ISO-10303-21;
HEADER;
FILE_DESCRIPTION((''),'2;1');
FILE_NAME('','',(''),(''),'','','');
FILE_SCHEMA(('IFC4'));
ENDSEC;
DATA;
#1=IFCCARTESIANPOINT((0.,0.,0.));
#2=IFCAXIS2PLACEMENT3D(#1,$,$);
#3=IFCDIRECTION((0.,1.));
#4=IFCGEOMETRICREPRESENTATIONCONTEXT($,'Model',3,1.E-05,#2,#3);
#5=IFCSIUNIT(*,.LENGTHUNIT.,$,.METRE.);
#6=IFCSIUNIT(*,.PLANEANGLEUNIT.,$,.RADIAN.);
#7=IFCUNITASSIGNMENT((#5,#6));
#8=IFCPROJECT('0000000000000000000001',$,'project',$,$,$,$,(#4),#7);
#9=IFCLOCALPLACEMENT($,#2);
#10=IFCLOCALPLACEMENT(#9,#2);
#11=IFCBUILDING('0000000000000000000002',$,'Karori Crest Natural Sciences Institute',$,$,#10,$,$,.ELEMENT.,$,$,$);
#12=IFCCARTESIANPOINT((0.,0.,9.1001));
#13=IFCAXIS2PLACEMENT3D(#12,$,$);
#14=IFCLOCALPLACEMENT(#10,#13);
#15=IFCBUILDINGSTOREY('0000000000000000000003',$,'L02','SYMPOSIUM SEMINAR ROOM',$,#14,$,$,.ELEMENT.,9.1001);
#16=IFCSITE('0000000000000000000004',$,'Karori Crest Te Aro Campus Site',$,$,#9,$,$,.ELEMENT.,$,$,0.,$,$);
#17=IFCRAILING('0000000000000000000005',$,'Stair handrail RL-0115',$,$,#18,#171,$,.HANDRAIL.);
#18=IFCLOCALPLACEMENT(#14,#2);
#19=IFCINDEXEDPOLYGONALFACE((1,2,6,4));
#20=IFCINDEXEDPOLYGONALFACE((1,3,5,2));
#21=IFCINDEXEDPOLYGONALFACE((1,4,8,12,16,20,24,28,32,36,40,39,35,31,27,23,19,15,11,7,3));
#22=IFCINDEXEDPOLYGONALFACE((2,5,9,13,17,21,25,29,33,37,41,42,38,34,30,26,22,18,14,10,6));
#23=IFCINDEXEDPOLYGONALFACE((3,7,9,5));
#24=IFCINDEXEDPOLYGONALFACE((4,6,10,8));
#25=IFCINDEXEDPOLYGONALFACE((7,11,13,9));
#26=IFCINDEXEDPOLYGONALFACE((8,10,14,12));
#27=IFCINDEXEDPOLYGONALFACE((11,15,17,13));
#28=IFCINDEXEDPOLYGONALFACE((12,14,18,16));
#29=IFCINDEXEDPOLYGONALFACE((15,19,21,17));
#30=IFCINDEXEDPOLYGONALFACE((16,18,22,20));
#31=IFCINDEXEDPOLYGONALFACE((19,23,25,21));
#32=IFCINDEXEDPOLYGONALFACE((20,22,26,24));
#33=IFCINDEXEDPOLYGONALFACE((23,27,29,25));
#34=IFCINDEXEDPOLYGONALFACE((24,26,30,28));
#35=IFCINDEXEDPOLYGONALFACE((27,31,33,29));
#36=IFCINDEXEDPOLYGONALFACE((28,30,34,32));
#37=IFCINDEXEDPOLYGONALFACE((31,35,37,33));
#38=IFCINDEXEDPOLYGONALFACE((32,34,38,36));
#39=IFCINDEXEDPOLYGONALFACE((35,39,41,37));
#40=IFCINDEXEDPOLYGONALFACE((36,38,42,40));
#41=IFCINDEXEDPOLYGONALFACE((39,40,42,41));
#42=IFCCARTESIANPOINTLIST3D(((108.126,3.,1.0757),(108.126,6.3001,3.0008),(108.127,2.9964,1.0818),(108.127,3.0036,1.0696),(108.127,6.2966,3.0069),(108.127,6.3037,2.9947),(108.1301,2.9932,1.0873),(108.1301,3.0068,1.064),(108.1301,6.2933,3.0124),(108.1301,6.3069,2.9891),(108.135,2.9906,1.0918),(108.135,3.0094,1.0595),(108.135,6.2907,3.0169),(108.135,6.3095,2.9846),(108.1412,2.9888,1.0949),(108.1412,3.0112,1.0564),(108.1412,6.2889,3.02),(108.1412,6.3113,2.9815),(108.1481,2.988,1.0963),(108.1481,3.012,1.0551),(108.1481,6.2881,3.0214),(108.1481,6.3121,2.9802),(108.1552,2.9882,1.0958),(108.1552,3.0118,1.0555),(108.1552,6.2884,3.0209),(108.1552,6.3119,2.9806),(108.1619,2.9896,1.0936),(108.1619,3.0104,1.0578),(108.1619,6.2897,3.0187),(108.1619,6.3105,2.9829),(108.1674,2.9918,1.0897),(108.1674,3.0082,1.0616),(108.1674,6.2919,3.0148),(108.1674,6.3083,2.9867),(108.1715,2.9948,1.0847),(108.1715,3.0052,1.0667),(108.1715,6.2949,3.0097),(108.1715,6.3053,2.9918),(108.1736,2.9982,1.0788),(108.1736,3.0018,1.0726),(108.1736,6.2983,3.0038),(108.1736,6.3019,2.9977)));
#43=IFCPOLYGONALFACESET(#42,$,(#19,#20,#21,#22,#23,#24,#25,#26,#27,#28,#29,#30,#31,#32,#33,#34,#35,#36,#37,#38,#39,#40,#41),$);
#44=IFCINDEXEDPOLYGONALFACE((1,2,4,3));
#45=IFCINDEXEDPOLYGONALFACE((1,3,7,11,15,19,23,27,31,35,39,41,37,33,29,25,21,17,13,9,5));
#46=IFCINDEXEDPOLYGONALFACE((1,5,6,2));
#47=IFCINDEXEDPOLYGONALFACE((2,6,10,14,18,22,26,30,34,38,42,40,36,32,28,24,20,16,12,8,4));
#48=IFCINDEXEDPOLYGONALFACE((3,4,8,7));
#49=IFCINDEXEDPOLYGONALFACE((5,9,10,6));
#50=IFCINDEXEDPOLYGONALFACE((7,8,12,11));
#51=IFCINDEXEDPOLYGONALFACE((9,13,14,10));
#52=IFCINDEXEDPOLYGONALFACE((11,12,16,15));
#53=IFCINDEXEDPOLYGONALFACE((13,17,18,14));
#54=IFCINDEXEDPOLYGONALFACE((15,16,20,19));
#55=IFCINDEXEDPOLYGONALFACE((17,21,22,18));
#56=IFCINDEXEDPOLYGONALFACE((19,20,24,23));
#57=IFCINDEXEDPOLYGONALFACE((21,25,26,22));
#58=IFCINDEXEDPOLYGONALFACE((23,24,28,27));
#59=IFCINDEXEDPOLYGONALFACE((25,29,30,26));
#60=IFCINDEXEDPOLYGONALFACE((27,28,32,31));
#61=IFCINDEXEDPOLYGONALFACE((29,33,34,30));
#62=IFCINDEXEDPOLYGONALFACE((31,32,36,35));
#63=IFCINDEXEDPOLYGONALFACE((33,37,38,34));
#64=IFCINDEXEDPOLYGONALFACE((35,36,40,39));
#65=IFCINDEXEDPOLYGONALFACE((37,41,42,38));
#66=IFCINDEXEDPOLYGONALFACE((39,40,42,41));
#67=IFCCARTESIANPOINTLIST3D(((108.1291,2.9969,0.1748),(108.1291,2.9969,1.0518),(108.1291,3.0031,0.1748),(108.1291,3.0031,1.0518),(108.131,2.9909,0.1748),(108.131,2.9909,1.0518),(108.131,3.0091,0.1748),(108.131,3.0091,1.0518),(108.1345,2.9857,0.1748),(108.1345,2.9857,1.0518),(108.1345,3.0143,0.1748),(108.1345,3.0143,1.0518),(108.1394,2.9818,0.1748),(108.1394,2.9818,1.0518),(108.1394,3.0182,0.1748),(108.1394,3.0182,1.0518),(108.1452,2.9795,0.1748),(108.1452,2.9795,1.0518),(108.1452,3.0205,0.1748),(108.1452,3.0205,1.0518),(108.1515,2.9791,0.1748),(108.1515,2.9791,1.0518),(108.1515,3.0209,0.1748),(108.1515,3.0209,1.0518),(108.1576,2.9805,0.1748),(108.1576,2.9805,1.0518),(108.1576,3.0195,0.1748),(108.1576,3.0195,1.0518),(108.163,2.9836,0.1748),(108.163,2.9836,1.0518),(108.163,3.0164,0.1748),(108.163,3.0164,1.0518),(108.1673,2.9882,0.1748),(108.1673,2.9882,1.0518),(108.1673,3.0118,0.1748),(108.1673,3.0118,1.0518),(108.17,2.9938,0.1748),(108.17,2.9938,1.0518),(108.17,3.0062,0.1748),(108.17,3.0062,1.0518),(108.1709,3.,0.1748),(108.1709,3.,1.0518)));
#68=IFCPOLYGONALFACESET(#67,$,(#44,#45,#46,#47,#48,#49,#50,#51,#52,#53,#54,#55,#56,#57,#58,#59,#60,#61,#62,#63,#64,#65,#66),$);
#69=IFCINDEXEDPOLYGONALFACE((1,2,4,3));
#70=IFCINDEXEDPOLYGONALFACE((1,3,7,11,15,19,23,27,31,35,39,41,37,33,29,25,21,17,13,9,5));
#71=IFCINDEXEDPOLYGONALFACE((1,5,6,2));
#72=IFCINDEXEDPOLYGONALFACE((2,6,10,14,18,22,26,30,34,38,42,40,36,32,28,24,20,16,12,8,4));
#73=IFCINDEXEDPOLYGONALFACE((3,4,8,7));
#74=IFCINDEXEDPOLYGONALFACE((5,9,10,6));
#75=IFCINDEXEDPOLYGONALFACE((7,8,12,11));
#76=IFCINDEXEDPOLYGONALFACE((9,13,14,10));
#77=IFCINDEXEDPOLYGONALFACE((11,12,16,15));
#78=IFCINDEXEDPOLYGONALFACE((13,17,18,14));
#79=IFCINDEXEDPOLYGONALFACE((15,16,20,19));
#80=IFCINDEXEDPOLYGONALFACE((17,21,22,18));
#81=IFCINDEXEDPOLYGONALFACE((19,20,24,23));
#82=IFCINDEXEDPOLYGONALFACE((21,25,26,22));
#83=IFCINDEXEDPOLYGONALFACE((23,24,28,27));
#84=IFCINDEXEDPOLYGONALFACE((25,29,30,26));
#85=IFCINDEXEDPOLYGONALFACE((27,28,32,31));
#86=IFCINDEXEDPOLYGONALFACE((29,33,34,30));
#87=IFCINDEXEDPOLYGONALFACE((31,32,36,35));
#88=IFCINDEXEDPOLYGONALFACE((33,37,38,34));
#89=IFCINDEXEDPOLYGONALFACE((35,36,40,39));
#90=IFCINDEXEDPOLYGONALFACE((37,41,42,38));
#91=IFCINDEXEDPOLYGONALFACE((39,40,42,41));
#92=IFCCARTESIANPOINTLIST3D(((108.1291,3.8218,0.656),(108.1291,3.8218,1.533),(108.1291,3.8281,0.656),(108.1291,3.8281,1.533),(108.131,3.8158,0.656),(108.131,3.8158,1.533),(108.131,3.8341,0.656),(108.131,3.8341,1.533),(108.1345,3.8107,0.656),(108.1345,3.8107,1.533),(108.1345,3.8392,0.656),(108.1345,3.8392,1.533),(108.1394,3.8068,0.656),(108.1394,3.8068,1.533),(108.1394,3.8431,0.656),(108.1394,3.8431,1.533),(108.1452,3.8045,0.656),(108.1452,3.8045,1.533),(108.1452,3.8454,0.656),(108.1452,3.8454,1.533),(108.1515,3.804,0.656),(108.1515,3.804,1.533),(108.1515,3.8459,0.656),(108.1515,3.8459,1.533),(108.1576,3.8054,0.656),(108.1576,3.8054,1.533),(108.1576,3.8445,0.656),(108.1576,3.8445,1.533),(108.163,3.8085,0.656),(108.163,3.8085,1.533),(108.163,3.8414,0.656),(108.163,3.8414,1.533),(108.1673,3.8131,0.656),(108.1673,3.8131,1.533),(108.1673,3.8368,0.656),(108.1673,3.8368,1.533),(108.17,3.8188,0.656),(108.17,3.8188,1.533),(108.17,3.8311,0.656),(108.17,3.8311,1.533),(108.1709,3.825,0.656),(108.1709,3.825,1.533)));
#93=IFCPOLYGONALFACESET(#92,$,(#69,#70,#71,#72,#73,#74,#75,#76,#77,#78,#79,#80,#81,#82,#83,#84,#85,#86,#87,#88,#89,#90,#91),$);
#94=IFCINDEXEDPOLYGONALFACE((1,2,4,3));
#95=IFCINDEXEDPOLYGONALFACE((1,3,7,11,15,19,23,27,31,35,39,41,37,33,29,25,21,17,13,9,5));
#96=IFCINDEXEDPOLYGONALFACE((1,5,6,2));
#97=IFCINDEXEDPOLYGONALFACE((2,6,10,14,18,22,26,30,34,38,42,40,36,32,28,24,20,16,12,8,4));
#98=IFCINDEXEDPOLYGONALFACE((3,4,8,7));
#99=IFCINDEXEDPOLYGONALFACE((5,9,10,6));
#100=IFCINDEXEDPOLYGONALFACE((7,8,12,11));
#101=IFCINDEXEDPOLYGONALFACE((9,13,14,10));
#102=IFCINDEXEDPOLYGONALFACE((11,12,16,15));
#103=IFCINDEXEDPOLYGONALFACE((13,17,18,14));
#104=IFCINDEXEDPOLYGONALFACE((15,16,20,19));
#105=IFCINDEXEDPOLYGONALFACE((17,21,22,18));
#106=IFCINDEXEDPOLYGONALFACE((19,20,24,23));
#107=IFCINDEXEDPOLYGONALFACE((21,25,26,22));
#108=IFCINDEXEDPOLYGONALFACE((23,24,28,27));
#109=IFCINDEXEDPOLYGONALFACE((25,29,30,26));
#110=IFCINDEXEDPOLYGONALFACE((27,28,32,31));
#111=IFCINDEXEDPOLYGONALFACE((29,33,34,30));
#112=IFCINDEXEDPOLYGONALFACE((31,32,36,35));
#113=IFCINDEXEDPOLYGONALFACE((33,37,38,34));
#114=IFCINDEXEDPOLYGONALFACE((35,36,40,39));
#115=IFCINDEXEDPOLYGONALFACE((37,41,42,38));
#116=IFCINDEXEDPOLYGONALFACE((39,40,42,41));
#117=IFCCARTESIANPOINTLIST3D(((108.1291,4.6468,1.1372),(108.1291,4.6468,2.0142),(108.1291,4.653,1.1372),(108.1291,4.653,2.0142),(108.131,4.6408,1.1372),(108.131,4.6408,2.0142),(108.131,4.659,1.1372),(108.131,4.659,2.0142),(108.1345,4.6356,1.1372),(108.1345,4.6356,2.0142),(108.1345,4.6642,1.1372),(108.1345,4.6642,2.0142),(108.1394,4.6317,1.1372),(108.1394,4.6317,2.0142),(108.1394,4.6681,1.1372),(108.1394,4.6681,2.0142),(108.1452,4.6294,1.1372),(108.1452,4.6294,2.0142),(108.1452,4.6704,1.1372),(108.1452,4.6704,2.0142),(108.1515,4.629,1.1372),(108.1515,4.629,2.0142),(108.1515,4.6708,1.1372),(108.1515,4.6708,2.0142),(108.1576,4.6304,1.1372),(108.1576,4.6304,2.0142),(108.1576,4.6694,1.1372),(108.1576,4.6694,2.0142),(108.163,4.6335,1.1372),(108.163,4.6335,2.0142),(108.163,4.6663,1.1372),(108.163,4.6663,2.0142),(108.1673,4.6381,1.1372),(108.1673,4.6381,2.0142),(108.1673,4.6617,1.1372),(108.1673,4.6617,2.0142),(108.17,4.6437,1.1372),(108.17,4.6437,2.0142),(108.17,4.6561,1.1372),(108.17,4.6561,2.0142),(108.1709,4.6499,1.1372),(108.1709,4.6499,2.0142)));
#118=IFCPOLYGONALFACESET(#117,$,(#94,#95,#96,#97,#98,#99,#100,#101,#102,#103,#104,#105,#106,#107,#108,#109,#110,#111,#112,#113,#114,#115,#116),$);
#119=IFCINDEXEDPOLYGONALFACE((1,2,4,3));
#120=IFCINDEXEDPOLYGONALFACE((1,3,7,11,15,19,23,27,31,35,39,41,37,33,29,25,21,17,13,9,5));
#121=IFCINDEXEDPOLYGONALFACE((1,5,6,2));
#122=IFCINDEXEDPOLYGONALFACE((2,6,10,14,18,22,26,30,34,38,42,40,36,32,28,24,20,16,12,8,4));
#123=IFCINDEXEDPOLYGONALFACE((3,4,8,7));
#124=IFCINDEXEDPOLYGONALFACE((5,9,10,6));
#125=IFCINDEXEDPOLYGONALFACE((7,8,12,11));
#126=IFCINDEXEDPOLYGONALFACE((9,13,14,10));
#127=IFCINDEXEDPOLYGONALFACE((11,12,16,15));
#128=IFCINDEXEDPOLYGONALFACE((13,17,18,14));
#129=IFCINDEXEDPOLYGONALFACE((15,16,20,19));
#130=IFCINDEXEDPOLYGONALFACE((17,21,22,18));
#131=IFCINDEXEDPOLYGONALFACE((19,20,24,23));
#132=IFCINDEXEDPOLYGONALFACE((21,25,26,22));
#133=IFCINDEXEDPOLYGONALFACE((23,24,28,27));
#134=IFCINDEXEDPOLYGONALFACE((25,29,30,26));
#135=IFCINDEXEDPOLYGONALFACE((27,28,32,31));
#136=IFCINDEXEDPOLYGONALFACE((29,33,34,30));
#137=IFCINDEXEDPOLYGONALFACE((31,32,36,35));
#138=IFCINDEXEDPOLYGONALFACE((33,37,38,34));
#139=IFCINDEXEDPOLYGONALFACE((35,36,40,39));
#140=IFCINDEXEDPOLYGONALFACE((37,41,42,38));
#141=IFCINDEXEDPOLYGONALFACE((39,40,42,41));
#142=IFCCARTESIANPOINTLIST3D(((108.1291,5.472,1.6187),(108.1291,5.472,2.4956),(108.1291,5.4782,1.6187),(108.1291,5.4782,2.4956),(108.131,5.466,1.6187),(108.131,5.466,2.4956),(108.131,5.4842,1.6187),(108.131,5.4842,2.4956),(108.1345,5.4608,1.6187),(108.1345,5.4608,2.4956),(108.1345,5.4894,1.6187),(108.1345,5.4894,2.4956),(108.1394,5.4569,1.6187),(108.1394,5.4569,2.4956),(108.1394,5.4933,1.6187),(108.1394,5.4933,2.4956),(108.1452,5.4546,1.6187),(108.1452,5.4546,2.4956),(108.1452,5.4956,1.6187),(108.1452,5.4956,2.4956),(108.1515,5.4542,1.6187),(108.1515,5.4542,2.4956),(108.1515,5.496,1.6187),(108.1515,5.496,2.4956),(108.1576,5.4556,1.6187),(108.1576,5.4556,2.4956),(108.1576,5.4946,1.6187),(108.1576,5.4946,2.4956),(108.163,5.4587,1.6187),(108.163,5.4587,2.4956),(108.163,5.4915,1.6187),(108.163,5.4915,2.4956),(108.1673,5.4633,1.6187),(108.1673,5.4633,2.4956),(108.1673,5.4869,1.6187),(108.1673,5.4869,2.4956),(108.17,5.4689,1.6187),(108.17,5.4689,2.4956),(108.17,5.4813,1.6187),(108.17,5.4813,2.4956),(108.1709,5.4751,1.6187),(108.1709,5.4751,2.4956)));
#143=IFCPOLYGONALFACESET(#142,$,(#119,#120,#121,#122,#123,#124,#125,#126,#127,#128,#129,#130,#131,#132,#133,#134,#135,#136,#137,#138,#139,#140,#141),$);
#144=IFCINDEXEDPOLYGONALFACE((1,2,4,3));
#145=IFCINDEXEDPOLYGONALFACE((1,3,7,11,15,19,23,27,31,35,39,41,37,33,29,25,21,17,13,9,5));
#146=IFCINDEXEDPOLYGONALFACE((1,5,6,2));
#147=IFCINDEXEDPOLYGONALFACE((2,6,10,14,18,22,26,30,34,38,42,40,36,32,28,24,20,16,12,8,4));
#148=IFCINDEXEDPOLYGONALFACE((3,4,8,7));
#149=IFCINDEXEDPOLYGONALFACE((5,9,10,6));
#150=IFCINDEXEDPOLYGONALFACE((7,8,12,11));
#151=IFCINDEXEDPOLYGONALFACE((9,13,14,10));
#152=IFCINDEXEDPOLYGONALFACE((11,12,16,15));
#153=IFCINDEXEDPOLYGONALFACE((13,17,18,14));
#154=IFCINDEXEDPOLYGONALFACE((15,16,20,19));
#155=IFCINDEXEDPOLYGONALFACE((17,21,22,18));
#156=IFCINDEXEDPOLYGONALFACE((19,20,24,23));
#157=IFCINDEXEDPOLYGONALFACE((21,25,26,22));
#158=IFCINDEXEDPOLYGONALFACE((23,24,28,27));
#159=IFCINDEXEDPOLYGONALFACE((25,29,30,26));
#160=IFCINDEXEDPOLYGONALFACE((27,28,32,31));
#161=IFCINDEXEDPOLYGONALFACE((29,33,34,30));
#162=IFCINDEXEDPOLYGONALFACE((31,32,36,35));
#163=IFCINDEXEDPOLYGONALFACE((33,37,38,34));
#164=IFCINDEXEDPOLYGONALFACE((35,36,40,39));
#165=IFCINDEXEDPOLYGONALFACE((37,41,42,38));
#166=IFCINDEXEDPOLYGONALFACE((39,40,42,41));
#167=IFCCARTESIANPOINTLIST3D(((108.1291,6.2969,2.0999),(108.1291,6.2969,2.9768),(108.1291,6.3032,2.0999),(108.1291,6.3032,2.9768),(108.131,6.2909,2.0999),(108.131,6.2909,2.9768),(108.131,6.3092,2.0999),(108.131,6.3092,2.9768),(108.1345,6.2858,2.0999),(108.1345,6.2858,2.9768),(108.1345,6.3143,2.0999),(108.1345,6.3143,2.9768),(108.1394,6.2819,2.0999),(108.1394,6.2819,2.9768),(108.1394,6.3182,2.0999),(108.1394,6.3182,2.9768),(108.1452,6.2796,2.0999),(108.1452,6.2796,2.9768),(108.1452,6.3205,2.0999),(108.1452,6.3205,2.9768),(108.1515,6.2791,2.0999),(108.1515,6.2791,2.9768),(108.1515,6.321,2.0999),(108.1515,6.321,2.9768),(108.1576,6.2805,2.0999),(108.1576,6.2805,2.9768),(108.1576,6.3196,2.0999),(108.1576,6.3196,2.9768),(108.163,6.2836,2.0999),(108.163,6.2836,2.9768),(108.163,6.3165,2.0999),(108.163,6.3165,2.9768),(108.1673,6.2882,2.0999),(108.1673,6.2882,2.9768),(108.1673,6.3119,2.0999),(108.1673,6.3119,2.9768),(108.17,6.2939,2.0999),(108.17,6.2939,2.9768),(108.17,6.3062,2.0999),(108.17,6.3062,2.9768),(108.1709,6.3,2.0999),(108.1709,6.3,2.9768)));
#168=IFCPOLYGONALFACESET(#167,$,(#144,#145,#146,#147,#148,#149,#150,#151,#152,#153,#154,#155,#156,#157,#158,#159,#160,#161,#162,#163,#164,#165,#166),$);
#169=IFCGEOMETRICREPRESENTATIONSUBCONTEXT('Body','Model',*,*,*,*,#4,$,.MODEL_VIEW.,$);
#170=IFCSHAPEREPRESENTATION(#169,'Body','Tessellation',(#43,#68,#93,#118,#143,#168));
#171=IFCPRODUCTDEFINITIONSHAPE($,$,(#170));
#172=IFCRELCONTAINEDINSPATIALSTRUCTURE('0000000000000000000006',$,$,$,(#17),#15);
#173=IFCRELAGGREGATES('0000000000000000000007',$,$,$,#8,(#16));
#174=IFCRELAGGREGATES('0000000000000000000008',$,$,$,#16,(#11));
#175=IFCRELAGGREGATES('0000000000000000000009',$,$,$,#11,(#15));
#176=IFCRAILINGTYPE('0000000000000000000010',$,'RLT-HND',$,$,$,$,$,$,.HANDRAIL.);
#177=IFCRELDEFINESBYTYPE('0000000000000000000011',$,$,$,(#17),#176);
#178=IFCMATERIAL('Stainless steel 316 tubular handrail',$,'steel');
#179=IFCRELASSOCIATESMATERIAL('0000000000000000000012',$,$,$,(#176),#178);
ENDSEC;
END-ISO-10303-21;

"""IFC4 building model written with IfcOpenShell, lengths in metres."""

from ifc_helpers import new_model, si_unit, direction, frame, origin, origin_2d, place, context, subcontext, project, spatial, circle, extrude, material, type_object, element, save


model = new_model("IFC4")

# Units and contexts
model_context = context("Model", 3, precision=1e-05, world=origin(), true_north=direction((0.0, 1.0)))
body_context = subcontext(model_context, "Body", "Model", "MODEL_VIEW")
ifc_project = project(units=[si_unit("LENGTHUNIT", "METRE"), si_unit("PLANEANGLEUNIT", "RADIAN")], contexts=[model_context])

# Site, building, storey
site_placement = place(None, origin())
site = spatial("IfcSite", under=ifc_project, at=site_placement, Name="Karori Crest Te Aro Campus Site", CompositionType="ELEMENT", RefElevation=0.0)
building_placement = place(site_placement, origin())
building = spatial("IfcBuilding", under=site, at=building_placement, Name="Karori Crest Natural Sciences Institute", CompositionType="ELEMENT")
storey_placement = place(building_placement, frame((0.0, 0.0, 9.1001)))
storey = spatial("IfcBuildingStorey", under=building, at=storey_placement, Name="L02", Description="SYMPOSIUM SEMINAR ROOM", CompositionType="ELEMENT", Elevation=9.1001)

# Railing
ifc_material_1 = material(Name="Stainless steel 316 tubular handrail", Category="steel")
railing_type = type_object("IfcRailingType", Name="RLT-HND", PredefinedType="HANDRAIL", material=ifc_material_1)
railing_placement = place(storey_placement, frame((108.1499, 3.0, 0.1748)))
element("IfcRailing", 1, at=railing_placement, inside=storey, type_object=railing_type, Name="Stair handrail RL-0115", PredefinedType="HANDRAIL", context=body_context, shape_type="SweptSolid", body=[
    extrude(circle(Radius=0.0239, at=origin_2d()), frame((0.0, 0.0, 0.9009), z_axis=(0.0, 0.863777, 0.503875), x_axis=(-1.0, 0.0, 0.0)), (0.0, 0.0, 1.0), 3.8206),
    extrude(circle(Radius=0.021, at=origin_2d()), origin(), (0.0, 0.0, 1.0), 0.877),
    extrude(circle(Radius=0.021, at=origin_2d()), frame((0.0, 0.825, 0.4812)), (0.0, 0.0, 1.0), 0.877),
    extrude(circle(Radius=0.021, at=origin_2d()), frame((0.0, 1.6499, 0.9624)), (0.0, 0.0, 1.0), 0.877),
    extrude(circle(Radius=0.021, at=origin_2d()), frame((0.0, 2.4751, 1.4438)), (0.0, 0.0, 1.0), 0.877),
    extrude(circle(Radius=0.021, at=origin_2d()), frame((0.0, 3.3, 1.925)), (0.0, 0.0, 1.0), 0.877),
])

save(model, "model.ifc")
